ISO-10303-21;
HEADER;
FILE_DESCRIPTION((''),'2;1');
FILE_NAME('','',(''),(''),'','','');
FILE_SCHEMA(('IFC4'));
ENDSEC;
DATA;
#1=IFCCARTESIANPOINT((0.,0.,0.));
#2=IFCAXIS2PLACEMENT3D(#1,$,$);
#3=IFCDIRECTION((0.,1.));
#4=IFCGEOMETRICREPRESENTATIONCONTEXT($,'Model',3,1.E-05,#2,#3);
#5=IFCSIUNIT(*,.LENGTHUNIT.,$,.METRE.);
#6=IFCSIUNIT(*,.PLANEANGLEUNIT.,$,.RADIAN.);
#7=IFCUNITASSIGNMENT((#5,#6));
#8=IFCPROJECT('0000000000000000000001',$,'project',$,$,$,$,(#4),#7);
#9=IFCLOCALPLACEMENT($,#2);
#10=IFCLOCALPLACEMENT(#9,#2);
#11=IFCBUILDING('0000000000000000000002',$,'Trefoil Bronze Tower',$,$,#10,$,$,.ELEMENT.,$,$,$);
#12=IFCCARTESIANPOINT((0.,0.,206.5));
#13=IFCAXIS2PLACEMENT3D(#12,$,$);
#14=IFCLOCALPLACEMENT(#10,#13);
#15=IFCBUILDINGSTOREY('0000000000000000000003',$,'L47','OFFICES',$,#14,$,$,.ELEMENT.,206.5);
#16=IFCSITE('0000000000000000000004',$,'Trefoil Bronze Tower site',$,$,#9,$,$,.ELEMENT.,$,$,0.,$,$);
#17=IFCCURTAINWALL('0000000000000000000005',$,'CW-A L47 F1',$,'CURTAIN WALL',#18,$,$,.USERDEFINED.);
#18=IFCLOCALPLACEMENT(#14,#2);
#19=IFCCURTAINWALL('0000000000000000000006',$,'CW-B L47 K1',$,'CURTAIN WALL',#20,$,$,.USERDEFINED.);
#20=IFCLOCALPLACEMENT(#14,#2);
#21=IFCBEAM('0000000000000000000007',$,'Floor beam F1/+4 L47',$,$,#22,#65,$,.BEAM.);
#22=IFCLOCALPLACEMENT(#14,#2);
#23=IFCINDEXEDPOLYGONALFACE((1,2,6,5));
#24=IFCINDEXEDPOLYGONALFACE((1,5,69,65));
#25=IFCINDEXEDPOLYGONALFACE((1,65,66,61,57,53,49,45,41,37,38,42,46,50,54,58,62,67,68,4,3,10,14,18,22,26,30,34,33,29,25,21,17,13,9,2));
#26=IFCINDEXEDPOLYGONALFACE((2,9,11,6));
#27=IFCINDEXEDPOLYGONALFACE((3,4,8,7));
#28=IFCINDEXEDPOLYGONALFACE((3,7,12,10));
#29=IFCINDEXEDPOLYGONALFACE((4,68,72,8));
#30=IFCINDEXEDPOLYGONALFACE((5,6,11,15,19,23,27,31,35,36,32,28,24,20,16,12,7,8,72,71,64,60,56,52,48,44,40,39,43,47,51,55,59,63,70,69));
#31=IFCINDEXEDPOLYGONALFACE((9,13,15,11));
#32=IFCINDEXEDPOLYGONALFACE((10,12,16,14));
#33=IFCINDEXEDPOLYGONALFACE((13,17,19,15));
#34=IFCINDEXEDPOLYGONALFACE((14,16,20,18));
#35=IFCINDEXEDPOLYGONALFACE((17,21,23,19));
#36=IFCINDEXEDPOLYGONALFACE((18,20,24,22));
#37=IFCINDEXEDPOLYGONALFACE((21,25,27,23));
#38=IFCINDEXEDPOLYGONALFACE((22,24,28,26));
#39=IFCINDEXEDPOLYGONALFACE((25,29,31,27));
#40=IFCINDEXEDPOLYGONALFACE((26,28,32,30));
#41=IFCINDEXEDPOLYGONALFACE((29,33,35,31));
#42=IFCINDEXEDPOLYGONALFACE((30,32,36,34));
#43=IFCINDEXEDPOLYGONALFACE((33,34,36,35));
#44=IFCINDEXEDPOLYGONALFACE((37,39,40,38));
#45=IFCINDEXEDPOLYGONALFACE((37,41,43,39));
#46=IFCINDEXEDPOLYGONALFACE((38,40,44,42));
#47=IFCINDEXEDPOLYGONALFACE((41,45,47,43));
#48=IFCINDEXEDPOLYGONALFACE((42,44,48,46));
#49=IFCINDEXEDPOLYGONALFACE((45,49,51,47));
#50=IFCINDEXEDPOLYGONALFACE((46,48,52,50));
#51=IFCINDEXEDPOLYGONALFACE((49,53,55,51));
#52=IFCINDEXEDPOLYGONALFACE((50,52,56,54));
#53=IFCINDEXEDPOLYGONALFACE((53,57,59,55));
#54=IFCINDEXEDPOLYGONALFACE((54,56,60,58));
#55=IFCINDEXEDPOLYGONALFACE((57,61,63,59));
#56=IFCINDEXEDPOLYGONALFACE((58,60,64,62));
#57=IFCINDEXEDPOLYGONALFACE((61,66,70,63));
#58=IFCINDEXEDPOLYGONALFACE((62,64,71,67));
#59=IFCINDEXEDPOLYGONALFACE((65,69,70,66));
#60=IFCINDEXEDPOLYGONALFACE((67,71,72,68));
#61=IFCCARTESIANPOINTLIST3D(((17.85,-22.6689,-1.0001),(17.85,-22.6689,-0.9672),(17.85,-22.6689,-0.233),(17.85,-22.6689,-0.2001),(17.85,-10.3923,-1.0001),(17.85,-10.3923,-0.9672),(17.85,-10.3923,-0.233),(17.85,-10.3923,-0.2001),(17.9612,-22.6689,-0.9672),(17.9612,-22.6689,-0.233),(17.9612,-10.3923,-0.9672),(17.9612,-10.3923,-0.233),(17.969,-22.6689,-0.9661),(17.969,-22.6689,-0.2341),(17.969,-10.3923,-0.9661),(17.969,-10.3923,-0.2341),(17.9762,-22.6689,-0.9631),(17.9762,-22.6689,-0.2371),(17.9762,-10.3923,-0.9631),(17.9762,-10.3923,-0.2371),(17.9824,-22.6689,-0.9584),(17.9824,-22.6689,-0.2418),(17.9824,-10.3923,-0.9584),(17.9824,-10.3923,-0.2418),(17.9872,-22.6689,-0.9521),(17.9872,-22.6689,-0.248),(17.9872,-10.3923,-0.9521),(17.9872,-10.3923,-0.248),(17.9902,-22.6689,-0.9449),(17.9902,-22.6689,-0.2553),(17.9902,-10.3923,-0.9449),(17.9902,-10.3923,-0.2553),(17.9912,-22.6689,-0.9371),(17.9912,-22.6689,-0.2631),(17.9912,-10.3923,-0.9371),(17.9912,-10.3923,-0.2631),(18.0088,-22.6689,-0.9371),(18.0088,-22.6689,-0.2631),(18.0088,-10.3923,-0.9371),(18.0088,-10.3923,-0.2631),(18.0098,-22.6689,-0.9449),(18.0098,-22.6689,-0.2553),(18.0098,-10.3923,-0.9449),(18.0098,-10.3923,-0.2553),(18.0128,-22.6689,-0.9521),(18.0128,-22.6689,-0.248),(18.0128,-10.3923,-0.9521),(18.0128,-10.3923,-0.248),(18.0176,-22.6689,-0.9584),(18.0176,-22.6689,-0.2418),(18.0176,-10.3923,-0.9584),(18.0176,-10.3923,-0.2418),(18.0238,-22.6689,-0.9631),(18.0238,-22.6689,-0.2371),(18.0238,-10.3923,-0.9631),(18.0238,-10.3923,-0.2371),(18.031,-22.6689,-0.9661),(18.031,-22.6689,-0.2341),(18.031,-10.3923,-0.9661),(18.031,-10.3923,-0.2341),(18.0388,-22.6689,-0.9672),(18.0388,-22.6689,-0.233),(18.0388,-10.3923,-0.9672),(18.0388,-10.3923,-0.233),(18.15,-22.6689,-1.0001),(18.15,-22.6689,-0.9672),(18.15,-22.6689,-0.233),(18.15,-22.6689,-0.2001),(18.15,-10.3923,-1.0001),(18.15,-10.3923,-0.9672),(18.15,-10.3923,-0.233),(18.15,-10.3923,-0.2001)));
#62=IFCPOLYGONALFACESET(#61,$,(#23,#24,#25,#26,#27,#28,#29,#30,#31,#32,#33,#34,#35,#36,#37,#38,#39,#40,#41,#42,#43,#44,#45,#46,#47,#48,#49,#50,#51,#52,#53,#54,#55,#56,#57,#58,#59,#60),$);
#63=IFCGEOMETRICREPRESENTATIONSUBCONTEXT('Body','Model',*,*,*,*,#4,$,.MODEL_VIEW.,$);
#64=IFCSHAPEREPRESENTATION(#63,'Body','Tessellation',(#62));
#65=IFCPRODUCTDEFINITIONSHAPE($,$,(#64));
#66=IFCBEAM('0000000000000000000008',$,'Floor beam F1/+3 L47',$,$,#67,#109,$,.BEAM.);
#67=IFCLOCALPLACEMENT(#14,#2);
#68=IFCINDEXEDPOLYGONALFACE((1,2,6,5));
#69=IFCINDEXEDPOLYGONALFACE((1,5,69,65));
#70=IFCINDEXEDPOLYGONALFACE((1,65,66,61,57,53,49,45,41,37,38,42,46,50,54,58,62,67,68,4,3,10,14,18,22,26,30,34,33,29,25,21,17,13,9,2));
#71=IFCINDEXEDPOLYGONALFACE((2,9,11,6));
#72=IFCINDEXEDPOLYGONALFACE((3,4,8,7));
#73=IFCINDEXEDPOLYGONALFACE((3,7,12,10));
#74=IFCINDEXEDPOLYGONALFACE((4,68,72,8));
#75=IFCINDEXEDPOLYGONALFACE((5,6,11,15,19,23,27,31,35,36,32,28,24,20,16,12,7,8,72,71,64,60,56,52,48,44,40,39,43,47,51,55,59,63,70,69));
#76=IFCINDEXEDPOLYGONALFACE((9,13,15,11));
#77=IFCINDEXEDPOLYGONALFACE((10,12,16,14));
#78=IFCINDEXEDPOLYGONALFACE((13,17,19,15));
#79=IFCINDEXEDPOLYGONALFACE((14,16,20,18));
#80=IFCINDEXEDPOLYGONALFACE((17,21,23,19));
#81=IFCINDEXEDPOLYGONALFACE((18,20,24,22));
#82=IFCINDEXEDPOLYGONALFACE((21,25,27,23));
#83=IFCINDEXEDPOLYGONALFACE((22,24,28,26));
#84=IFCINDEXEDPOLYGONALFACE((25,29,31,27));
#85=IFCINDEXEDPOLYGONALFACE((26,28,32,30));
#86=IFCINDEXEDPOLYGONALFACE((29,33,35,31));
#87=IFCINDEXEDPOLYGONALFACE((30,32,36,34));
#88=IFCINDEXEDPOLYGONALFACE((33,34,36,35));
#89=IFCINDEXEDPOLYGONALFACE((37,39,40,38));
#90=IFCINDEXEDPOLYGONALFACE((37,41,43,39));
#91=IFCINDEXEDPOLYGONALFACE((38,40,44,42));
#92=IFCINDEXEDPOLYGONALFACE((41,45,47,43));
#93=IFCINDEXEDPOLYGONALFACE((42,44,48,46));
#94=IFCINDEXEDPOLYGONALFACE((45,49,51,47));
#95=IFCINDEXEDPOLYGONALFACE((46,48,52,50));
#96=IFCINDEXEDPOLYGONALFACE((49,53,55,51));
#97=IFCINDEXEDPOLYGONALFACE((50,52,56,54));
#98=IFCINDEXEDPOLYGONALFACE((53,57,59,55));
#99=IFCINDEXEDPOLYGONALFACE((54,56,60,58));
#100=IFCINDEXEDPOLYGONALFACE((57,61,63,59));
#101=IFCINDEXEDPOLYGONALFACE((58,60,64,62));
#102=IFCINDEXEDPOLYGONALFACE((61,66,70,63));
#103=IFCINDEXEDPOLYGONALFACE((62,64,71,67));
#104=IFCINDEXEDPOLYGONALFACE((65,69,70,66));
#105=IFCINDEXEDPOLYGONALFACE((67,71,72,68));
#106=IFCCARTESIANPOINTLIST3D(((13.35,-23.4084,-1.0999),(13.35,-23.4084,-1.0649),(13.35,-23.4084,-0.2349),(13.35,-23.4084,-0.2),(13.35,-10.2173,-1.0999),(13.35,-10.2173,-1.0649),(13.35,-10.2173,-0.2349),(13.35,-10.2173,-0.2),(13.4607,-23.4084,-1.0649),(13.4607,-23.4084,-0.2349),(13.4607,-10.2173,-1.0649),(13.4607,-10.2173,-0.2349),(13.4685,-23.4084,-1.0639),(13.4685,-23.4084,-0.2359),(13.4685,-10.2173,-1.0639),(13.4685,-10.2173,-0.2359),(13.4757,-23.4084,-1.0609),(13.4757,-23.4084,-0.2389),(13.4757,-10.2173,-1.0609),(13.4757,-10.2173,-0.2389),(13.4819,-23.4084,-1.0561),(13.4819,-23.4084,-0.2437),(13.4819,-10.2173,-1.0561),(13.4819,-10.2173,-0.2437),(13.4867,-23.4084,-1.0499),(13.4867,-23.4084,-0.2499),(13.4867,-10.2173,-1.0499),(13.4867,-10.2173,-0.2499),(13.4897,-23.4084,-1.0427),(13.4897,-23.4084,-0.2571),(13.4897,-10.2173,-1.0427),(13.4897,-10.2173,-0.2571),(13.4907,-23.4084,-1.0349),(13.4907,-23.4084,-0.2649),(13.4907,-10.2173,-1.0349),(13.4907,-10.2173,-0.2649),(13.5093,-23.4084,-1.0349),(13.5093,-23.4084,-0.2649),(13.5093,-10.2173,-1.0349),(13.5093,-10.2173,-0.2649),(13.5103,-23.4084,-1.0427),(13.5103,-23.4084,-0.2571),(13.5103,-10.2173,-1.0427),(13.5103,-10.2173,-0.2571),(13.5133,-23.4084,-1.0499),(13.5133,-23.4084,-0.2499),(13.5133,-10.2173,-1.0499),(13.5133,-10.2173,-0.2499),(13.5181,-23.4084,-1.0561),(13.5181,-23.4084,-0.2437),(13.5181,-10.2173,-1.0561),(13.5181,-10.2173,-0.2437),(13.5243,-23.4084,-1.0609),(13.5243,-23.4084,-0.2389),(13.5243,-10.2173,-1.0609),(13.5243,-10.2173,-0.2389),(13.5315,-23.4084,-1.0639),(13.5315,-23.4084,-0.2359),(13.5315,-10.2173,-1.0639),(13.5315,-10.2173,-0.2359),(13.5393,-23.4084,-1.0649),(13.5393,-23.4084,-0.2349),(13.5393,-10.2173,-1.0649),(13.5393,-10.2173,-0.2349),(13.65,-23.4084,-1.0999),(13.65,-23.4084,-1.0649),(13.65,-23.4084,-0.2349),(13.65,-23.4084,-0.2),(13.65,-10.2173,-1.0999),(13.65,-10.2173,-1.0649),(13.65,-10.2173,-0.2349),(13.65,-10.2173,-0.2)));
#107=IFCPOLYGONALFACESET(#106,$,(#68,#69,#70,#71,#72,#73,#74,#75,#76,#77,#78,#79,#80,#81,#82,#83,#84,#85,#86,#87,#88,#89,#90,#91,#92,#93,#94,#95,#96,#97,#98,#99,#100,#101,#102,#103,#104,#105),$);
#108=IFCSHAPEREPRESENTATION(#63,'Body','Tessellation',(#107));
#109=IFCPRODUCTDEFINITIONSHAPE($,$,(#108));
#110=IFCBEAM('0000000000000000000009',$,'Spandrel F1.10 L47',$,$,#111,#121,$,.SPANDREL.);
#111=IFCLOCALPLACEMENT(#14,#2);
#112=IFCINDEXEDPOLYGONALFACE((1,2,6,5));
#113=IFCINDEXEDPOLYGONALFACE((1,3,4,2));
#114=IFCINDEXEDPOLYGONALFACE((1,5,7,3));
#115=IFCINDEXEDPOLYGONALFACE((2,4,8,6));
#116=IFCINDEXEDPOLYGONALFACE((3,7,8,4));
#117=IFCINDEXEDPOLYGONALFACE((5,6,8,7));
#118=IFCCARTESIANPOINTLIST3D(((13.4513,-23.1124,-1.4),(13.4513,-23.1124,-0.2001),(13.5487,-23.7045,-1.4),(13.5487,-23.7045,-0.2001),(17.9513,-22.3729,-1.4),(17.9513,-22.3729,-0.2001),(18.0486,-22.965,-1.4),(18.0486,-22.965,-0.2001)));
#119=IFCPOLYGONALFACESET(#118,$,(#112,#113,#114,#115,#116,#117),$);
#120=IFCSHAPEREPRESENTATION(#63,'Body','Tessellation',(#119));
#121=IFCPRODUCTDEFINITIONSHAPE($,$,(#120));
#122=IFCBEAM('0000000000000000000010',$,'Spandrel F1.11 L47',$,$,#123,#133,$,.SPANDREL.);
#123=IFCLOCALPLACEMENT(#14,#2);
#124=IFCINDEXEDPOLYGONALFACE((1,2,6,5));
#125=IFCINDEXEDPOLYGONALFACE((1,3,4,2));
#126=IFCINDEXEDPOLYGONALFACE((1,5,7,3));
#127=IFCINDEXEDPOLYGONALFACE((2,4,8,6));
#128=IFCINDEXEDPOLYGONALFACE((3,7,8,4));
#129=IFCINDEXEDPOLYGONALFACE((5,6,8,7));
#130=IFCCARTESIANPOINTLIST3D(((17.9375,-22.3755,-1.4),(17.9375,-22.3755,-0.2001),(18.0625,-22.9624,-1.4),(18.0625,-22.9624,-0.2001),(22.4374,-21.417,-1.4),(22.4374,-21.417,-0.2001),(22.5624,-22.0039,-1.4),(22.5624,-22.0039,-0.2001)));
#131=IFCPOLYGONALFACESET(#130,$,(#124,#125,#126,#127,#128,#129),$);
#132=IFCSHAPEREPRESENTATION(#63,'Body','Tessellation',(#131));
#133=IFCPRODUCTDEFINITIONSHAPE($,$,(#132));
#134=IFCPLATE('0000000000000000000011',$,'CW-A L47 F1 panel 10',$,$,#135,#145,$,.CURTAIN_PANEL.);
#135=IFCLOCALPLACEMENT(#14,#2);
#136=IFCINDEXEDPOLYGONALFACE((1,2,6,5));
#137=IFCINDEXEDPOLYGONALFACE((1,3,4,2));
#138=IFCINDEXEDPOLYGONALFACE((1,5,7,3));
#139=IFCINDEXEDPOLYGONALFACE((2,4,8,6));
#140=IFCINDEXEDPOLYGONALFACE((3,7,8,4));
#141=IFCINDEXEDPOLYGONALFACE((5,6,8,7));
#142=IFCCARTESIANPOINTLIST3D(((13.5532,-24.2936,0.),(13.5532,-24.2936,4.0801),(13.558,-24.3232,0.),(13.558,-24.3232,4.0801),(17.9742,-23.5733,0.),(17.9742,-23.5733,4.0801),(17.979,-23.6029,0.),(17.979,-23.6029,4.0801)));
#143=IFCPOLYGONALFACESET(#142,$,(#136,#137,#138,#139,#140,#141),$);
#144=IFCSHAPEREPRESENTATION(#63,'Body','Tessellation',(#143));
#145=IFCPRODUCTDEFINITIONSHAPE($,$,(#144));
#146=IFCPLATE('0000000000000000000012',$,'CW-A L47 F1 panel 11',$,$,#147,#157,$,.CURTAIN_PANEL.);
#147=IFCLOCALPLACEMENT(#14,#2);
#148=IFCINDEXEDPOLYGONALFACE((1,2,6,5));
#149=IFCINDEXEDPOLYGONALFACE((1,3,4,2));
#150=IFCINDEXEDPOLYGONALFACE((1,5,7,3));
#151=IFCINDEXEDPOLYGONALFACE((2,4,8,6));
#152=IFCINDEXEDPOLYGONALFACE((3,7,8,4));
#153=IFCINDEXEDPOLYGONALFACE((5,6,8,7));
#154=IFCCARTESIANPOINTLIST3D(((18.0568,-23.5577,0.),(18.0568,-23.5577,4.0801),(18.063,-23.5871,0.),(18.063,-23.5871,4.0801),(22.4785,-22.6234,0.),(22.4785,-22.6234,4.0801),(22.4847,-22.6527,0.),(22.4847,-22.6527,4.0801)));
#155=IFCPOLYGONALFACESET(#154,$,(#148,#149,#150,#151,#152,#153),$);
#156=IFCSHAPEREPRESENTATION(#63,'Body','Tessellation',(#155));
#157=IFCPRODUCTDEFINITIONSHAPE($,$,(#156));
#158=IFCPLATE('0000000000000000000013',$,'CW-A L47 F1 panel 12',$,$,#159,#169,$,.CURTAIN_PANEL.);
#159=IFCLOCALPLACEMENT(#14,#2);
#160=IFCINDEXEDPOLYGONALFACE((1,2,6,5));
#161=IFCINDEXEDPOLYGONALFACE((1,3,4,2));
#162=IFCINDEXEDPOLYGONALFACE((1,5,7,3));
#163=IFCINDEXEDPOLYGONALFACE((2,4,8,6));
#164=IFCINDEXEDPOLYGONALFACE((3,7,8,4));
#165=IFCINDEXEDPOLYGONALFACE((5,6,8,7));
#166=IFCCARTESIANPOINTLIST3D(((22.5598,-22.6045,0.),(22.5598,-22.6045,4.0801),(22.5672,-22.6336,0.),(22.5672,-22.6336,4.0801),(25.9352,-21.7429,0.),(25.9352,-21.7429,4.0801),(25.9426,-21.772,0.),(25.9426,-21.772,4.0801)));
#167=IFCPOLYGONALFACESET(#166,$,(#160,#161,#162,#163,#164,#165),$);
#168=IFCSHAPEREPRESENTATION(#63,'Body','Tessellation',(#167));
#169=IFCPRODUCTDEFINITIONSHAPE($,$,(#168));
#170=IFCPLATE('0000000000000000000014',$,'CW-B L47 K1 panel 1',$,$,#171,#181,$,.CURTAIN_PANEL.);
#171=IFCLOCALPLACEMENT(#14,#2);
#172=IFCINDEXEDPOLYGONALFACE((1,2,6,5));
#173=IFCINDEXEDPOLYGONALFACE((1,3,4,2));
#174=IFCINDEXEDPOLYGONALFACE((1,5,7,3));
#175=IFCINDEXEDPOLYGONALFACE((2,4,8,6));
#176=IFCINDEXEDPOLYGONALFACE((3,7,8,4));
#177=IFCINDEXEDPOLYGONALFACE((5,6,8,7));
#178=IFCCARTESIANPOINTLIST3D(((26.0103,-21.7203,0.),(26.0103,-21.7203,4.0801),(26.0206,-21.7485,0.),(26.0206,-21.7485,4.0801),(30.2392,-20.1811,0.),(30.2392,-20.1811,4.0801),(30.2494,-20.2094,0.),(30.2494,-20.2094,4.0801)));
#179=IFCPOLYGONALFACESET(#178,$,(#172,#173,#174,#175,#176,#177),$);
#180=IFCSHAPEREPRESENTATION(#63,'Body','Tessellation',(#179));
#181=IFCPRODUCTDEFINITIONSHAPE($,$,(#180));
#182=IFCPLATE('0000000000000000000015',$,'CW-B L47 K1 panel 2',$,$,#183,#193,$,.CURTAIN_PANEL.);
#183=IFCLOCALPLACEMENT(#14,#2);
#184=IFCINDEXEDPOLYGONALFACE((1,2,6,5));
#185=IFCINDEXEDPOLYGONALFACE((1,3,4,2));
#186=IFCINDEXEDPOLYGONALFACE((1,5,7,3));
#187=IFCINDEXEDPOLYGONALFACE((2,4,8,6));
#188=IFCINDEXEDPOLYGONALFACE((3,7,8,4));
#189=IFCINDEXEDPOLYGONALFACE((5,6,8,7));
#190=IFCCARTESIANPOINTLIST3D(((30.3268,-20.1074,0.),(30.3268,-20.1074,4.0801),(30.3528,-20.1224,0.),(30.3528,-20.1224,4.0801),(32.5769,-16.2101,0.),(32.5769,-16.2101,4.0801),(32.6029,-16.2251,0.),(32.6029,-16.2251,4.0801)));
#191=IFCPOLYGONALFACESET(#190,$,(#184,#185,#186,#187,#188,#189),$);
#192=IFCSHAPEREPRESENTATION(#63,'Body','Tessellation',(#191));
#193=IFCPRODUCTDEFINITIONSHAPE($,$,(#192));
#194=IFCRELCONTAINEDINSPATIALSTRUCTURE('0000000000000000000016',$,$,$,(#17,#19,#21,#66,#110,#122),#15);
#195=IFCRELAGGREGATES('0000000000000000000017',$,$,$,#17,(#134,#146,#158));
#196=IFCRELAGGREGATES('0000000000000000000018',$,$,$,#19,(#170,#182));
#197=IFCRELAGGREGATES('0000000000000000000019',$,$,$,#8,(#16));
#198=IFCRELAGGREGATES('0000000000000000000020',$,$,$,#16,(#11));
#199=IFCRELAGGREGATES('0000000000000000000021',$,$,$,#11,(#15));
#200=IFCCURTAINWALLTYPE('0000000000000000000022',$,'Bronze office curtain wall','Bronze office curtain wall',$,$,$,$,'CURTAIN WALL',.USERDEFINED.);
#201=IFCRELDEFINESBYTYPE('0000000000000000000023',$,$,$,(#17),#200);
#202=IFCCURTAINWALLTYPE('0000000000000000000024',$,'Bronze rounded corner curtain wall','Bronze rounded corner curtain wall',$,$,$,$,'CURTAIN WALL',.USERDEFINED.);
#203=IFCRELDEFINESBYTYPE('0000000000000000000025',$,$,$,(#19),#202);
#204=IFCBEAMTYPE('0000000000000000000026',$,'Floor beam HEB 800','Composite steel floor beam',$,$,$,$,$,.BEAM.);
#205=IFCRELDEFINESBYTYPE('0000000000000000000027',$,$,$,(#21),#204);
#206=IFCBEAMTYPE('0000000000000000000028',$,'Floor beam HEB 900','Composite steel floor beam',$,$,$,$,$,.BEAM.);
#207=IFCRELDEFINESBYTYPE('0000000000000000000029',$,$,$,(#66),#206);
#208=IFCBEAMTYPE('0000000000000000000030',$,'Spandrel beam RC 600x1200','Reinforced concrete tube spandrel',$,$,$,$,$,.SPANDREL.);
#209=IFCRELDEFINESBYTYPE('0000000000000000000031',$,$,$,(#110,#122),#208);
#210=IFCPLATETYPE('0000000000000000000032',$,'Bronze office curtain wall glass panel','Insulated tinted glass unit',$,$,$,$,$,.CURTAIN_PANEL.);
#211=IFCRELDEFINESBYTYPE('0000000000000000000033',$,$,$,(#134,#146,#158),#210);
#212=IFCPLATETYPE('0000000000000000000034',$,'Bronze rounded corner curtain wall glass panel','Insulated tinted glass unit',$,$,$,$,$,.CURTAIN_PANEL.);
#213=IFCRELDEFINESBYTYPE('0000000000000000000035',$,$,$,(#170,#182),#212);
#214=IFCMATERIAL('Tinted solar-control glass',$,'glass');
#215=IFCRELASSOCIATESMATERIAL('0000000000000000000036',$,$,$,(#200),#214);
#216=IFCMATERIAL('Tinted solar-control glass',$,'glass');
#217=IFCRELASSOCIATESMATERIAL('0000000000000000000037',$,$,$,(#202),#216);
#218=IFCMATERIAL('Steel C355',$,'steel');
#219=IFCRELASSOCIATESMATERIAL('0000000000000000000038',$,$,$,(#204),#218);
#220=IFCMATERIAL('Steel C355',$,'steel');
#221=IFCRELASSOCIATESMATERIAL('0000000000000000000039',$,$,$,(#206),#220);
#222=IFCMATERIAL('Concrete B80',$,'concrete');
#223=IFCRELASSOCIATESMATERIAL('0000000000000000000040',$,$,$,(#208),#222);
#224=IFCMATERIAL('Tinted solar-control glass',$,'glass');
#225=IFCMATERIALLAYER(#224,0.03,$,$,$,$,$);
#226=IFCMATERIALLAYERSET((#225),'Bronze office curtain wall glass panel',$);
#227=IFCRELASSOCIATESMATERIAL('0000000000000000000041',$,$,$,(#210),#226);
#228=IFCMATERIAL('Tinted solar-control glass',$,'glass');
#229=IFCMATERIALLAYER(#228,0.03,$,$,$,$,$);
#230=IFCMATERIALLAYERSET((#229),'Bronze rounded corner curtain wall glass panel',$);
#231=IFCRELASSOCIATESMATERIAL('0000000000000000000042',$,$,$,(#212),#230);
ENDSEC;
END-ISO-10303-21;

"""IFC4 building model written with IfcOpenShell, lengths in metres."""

from ifc_helpers import new_model, si_unit, direction, frame, origin, origin_2d, place, context, subcontext, project, spatial, rectangle, i_section, extrude, material, layer, layer_set, material_profile, profile_set, type_object, element, aggregate, save


model = new_model("IFC4")

# Units and contexts
model_context = context("Model", 3, precision=1e-05, world=origin(), true_north=direction((0.0, 1.0)))
body_context = subcontext(model_context, "Body", "Model", "MODEL_VIEW")
ifc_project = project(units=[si_unit("LENGTHUNIT", "METRE"), si_unit("PLANEANGLEUNIT", "RADIAN")], contexts=[model_context])

# Site, building, storey
site_placement = place(None, origin())
site = spatial("IfcSite", under=ifc_project, at=site_placement, Name="Trefoil Bronze Tower site", CompositionType="ELEMENT", RefElevation=0.0)
building_placement = place(site_placement, origin())
building = spatial("IfcBuilding", under=site, at=building_placement, Name="Trefoil Bronze Tower", CompositionType="ELEMENT")
storey_placement = place(building_placement, frame((0.0, 0.0, 206.5)))
storey = spatial("IfcBuildingStorey", under=building, at=storey_placement, Name="L47", Description="OFFICES", CompositionType="ELEMENT", Elevation=206.5)

# Curtain walls
ifc_material_1 = material(Name="Tinted solar-control glass", Category="glass")
curtain_wall_type_1 = type_object("IfcCurtainWallType", Name="Bronze office curtain wall", Description="Bronze office curtain wall", ElementType="CURTAIN WALL", PredefinedType="USERDEFINED", material=ifc_material_1)
curtain_wall_1_placement = place(storey_placement, origin())
curtain_wall_1 = element("IfcCurtainWall", 1, at=curtain_wall_1_placement, inside=storey, type_object=curtain_wall_type_1, Name="CW-A L47 F1", ObjectType="CURTAIN WALL", PredefinedType="USERDEFINED")
ifc_material_2 = material(Name="Tinted solar-control glass", Category="glass")
curtain_wall_type_2 = type_object("IfcCurtainWallType", Name="Bronze rounded corner curtain wall", Description="Bronze rounded corner curtain wall", ElementType="CURTAIN WALL", PredefinedType="USERDEFINED", material=ifc_material_2)
curtain_wall_2_placement = place(storey_placement, origin())
curtain_wall_2 = element("IfcCurtainWall", 2, at=curtain_wall_2_placement, inside=storey, type_object=curtain_wall_type_2, Name="CW-B L47 K1", ObjectType="CURTAIN WALL", PredefinedType="USERDEFINED")

# Beams
ifc_material_3 = material(Name="Steel C355", Category="steel")
ifc_material_profile_1 = material_profile(ifc_material_3, i_section(OverallWidth=0.3, OverallDepth=0.8, WebThickness=0.0176, FlangeThickness=0.033, FilletRadius=0.03, at=origin_2d()), Name="HEB 800")
ifc_profile_set_1 = profile_set([ifc_material_profile_1], Name="Steel C355")
beam_type_1 = type_object("IfcBeamType", Name="Floor beam HEB 800", Description="Composite steel floor beam", PredefinedType="BEAM", material=ifc_profile_set_1)
beam_1_placement = place(storey_placement, frame((18.0, -22.6689, -0.6001), z_axis=(0.0, 1.0, 0.0), x_axis=(-1.0, 0.0, 0.0)))
element("IfcBeam", 3, at=beam_1_placement, inside=storey, type_object=beam_type_1, Name="Floor beam F1/+4 L47", PredefinedType="BEAM", context=body_context, shape_type="SweptSolid", body=[
    extrude(i_section(OverallWidth=0.3, OverallDepth=0.8, WebThickness=0.0176, FlangeThickness=0.033, FilletRadius=0.03, at=origin_2d()), origin(), (0.0, 0.0, 1.0), 12.2766),
])
ifc_material_4 = material(Name="Steel C355", Category="steel")
ifc_material_profile_2 = material_profile(ifc_material_4, i_section(OverallWidth=0.3, OverallDepth=0.8999, WebThickness=0.0186, FlangeThickness=0.0349, FilletRadius=0.03, at=origin_2d()), Name="HEB 900")
ifc_profile_set_2 = profile_set([ifc_material_profile_2], Name="Steel C355")
beam_type_2 = type_object("IfcBeamType", Name="Floor beam HEB 900", Description="Composite steel floor beam", PredefinedType="BEAM", material=ifc_profile_set_2)
beam_2_placement = place(storey_placement, frame((13.5, -23.4084, -0.6499), z_axis=(0.0, 1.0, 0.0), x_axis=(-1.0, 0.0, 0.0)))
element("IfcBeam", 4, at=beam_2_placement, inside=storey, type_object=beam_type_2, Name="Floor beam F1/+3 L47", PredefinedType="BEAM", context=body_context, shape_type="SweptSolid", body=[
    extrude(i_section(OverallWidth=0.3, OverallDepth=0.8999, WebThickness=0.0186, FlangeThickness=0.0349, FilletRadius=0.03, at=origin_2d()), origin(), (0.0, 0.0, 1.0), 13.1912),
])
ifc_material_5 = material(Name="Concrete B80", Category="concrete")
ifc_material_profile_3 = material_profile(ifc_material_5, rectangle(XDim=0.6001, YDim=1.2, at=origin_2d()), Name="RC 600x1200")
ifc_profile_set_3 = profile_set([ifc_material_profile_3], Name="Concrete B80")
beam_type_3 = type_object("IfcBeamType", Name="Spandrel beam RC 600x1200", Description="Reinforced concrete tube spandrel", PredefinedType="SPANDREL", material=ifc_profile_set_3)
beam_3_placement = place(storey_placement, frame((13.5, -23.4084, -0.8), z_axis=(0.986765, 0.162159, 0.0), x_axis=(-0.162159, 0.986765, 0.0)))
element("IfcBeam", 5, at=beam_3_placement, inside=storey, type_object=beam_type_3, Name="Spandrel F1.10 L47", PredefinedType="SPANDREL", context=body_context, shape_type="SweptSolid", body=[
    extrude(rectangle(XDim=0.6001, YDim=1.2, at=origin_2d()), origin(), (0.0, 0.0, 1.0), 4.5603),
])
beam_4_placement = place(storey_placement, frame((18.0, -22.6689, -0.8), z_axis=(0.978059, 0.208326, 0.0), x_axis=(-0.208326, 0.978059, 0.0)))
element("IfcBeam", 6, at=beam_4_placement, inside=storey, type_object=beam_type_3, Name="Spandrel F1.11 L47", PredefinedType="SPANDREL", context=body_context, shape_type="SweptSolid", body=[
    extrude(rectangle(XDim=0.6001, YDim=1.2, at=origin_2d()), origin(), (0.0, 0.0, 1.0), 4.6008),
])

# Plates
ifc_material_6 = material(Name="Tinted solar-control glass", Category="glass")
ifc_layer_1 = layer(ifc_material_6, 0.03)
ifc_layer_set_1 = layer_set([ifc_layer_1], Name="Bronze office curtain wall glass panel")
plate_type_1 = type_object("IfcPlateType", Name="Bronze office curtain wall glass panel", Description="Insulated tinted glass unit", PredefinedType="CURTAIN_PANEL", material=ifc_layer_set_1)
plate_1_placement = place(storey_placement, frame((15.7661, -23.9482, 0.0), z_axis=(0.0, 0.0, 1.0), x_axis=(0.986987, 0.160803, 0.0)))
plate_1 = element("IfcPlate", 7, at=plate_1_placement, type_object=plate_type_1, Name="CW-A L47 F1 panel 10", PredefinedType="CURTAIN_PANEL", context=body_context, shape_type="SweptSolid", body=[
    extrude(rectangle(XDim=4.4792, YDim=0.03, at=origin_2d()), origin(), (0.0, 0.0, 1.0), 4.0801),
])
plate_2_placement = place(storey_placement, frame((20.2708, -23.1052, 0.0), z_axis=(0.0, 0.0, 1.0), x_axis=(0.978394, 0.206747, 0.0)))
plate_2 = element("IfcPlate", 8, at=plate_2_placement, type_object=plate_type_1, Name="CW-A L47 F1 panel 11", PredefinedType="CURTAIN_PANEL", context=body_context, shape_type="SweptSolid", body=[
    extrude(rectangle(XDim=4.5193, YDim=0.03, at=origin_2d()), origin(), (0.0, 0.0, 1.0), 4.0801),
])
plate_3_placement = place(storey_placement, frame((24.2512, -22.1882, 0.0), z_axis=(0.0, 0.0, 1.0), x_axis=(0.968934, 0.247319, 0.0)))
plate_3 = element("IfcPlate", 9, at=plate_3_placement, type_object=plate_type_1, Name="CW-A L47 F1 panel 12", PredefinedType="CURTAIN_PANEL", context=body_context, shape_type="SweptSolid", body=[
    extrude(rectangle(XDim=3.4836, YDim=0.03, at=origin_2d()), origin(), (0.0, 0.0, 1.0), 4.0801),
])
aggregate(curtain_wall_1, [plate_1, plate_2, plate_3])
ifc_material_7 = material(Name="Tinted solar-control glass", Category="glass")
ifc_layer_2 = layer(ifc_material_7, 0.03)
ifc_layer_set_2 = layer_set([ifc_layer_2], Name="Bronze rounded corner curtain wall glass panel")
plate_type_2 = type_object("IfcPlateType", Name="Bronze rounded corner curtain wall glass panel", Description="Insulated tinted glass unit", PredefinedType="CURTAIN_PANEL", material=ifc_layer_set_2)
plate_4_placement = place(storey_placement, frame((28.1299, -20.9648, 0.0), z_axis=(0.0, 0.0, 1.0), x_axis=(0.939693, 0.34202, 0.0)))
plate_4 = element("IfcPlate", 10, at=plate_4_placement, type_object=plate_type_2, Name="CW-B L47 K1 panel 1", PredefinedType="CURTAIN_PANEL", context=body_context, shape_type="SweptSolid", body=[
    extrude(rectangle(XDim=4.5002, YDim=0.03, at=origin_2d()), origin(), (0.0, 0.0, 1.0), 4.0801),
])
plate_5_placement = place(storey_placement, frame((31.4648, -18.1663, 0.0), z_axis=(0.0, 0.0, 1.0), x_axis=(0.5, 0.866025, 0.0)))
plate_5 = element("IfcPlate", 11, at=plate_5_placement, type_object=plate_type_2, Name="CW-B L47 K1 panel 2", PredefinedType="CURTAIN_PANEL", context=body_context, shape_type="SweptSolid", body=[
    extrude(rectangle(XDim=4.5002, YDim=0.03, at=origin_2d()), origin(), (0.0, 0.0, 1.0), 4.0801),
])
aggregate(curtain_wall_2, [plate_4, plate_5])

save(model, "model.ifc")
